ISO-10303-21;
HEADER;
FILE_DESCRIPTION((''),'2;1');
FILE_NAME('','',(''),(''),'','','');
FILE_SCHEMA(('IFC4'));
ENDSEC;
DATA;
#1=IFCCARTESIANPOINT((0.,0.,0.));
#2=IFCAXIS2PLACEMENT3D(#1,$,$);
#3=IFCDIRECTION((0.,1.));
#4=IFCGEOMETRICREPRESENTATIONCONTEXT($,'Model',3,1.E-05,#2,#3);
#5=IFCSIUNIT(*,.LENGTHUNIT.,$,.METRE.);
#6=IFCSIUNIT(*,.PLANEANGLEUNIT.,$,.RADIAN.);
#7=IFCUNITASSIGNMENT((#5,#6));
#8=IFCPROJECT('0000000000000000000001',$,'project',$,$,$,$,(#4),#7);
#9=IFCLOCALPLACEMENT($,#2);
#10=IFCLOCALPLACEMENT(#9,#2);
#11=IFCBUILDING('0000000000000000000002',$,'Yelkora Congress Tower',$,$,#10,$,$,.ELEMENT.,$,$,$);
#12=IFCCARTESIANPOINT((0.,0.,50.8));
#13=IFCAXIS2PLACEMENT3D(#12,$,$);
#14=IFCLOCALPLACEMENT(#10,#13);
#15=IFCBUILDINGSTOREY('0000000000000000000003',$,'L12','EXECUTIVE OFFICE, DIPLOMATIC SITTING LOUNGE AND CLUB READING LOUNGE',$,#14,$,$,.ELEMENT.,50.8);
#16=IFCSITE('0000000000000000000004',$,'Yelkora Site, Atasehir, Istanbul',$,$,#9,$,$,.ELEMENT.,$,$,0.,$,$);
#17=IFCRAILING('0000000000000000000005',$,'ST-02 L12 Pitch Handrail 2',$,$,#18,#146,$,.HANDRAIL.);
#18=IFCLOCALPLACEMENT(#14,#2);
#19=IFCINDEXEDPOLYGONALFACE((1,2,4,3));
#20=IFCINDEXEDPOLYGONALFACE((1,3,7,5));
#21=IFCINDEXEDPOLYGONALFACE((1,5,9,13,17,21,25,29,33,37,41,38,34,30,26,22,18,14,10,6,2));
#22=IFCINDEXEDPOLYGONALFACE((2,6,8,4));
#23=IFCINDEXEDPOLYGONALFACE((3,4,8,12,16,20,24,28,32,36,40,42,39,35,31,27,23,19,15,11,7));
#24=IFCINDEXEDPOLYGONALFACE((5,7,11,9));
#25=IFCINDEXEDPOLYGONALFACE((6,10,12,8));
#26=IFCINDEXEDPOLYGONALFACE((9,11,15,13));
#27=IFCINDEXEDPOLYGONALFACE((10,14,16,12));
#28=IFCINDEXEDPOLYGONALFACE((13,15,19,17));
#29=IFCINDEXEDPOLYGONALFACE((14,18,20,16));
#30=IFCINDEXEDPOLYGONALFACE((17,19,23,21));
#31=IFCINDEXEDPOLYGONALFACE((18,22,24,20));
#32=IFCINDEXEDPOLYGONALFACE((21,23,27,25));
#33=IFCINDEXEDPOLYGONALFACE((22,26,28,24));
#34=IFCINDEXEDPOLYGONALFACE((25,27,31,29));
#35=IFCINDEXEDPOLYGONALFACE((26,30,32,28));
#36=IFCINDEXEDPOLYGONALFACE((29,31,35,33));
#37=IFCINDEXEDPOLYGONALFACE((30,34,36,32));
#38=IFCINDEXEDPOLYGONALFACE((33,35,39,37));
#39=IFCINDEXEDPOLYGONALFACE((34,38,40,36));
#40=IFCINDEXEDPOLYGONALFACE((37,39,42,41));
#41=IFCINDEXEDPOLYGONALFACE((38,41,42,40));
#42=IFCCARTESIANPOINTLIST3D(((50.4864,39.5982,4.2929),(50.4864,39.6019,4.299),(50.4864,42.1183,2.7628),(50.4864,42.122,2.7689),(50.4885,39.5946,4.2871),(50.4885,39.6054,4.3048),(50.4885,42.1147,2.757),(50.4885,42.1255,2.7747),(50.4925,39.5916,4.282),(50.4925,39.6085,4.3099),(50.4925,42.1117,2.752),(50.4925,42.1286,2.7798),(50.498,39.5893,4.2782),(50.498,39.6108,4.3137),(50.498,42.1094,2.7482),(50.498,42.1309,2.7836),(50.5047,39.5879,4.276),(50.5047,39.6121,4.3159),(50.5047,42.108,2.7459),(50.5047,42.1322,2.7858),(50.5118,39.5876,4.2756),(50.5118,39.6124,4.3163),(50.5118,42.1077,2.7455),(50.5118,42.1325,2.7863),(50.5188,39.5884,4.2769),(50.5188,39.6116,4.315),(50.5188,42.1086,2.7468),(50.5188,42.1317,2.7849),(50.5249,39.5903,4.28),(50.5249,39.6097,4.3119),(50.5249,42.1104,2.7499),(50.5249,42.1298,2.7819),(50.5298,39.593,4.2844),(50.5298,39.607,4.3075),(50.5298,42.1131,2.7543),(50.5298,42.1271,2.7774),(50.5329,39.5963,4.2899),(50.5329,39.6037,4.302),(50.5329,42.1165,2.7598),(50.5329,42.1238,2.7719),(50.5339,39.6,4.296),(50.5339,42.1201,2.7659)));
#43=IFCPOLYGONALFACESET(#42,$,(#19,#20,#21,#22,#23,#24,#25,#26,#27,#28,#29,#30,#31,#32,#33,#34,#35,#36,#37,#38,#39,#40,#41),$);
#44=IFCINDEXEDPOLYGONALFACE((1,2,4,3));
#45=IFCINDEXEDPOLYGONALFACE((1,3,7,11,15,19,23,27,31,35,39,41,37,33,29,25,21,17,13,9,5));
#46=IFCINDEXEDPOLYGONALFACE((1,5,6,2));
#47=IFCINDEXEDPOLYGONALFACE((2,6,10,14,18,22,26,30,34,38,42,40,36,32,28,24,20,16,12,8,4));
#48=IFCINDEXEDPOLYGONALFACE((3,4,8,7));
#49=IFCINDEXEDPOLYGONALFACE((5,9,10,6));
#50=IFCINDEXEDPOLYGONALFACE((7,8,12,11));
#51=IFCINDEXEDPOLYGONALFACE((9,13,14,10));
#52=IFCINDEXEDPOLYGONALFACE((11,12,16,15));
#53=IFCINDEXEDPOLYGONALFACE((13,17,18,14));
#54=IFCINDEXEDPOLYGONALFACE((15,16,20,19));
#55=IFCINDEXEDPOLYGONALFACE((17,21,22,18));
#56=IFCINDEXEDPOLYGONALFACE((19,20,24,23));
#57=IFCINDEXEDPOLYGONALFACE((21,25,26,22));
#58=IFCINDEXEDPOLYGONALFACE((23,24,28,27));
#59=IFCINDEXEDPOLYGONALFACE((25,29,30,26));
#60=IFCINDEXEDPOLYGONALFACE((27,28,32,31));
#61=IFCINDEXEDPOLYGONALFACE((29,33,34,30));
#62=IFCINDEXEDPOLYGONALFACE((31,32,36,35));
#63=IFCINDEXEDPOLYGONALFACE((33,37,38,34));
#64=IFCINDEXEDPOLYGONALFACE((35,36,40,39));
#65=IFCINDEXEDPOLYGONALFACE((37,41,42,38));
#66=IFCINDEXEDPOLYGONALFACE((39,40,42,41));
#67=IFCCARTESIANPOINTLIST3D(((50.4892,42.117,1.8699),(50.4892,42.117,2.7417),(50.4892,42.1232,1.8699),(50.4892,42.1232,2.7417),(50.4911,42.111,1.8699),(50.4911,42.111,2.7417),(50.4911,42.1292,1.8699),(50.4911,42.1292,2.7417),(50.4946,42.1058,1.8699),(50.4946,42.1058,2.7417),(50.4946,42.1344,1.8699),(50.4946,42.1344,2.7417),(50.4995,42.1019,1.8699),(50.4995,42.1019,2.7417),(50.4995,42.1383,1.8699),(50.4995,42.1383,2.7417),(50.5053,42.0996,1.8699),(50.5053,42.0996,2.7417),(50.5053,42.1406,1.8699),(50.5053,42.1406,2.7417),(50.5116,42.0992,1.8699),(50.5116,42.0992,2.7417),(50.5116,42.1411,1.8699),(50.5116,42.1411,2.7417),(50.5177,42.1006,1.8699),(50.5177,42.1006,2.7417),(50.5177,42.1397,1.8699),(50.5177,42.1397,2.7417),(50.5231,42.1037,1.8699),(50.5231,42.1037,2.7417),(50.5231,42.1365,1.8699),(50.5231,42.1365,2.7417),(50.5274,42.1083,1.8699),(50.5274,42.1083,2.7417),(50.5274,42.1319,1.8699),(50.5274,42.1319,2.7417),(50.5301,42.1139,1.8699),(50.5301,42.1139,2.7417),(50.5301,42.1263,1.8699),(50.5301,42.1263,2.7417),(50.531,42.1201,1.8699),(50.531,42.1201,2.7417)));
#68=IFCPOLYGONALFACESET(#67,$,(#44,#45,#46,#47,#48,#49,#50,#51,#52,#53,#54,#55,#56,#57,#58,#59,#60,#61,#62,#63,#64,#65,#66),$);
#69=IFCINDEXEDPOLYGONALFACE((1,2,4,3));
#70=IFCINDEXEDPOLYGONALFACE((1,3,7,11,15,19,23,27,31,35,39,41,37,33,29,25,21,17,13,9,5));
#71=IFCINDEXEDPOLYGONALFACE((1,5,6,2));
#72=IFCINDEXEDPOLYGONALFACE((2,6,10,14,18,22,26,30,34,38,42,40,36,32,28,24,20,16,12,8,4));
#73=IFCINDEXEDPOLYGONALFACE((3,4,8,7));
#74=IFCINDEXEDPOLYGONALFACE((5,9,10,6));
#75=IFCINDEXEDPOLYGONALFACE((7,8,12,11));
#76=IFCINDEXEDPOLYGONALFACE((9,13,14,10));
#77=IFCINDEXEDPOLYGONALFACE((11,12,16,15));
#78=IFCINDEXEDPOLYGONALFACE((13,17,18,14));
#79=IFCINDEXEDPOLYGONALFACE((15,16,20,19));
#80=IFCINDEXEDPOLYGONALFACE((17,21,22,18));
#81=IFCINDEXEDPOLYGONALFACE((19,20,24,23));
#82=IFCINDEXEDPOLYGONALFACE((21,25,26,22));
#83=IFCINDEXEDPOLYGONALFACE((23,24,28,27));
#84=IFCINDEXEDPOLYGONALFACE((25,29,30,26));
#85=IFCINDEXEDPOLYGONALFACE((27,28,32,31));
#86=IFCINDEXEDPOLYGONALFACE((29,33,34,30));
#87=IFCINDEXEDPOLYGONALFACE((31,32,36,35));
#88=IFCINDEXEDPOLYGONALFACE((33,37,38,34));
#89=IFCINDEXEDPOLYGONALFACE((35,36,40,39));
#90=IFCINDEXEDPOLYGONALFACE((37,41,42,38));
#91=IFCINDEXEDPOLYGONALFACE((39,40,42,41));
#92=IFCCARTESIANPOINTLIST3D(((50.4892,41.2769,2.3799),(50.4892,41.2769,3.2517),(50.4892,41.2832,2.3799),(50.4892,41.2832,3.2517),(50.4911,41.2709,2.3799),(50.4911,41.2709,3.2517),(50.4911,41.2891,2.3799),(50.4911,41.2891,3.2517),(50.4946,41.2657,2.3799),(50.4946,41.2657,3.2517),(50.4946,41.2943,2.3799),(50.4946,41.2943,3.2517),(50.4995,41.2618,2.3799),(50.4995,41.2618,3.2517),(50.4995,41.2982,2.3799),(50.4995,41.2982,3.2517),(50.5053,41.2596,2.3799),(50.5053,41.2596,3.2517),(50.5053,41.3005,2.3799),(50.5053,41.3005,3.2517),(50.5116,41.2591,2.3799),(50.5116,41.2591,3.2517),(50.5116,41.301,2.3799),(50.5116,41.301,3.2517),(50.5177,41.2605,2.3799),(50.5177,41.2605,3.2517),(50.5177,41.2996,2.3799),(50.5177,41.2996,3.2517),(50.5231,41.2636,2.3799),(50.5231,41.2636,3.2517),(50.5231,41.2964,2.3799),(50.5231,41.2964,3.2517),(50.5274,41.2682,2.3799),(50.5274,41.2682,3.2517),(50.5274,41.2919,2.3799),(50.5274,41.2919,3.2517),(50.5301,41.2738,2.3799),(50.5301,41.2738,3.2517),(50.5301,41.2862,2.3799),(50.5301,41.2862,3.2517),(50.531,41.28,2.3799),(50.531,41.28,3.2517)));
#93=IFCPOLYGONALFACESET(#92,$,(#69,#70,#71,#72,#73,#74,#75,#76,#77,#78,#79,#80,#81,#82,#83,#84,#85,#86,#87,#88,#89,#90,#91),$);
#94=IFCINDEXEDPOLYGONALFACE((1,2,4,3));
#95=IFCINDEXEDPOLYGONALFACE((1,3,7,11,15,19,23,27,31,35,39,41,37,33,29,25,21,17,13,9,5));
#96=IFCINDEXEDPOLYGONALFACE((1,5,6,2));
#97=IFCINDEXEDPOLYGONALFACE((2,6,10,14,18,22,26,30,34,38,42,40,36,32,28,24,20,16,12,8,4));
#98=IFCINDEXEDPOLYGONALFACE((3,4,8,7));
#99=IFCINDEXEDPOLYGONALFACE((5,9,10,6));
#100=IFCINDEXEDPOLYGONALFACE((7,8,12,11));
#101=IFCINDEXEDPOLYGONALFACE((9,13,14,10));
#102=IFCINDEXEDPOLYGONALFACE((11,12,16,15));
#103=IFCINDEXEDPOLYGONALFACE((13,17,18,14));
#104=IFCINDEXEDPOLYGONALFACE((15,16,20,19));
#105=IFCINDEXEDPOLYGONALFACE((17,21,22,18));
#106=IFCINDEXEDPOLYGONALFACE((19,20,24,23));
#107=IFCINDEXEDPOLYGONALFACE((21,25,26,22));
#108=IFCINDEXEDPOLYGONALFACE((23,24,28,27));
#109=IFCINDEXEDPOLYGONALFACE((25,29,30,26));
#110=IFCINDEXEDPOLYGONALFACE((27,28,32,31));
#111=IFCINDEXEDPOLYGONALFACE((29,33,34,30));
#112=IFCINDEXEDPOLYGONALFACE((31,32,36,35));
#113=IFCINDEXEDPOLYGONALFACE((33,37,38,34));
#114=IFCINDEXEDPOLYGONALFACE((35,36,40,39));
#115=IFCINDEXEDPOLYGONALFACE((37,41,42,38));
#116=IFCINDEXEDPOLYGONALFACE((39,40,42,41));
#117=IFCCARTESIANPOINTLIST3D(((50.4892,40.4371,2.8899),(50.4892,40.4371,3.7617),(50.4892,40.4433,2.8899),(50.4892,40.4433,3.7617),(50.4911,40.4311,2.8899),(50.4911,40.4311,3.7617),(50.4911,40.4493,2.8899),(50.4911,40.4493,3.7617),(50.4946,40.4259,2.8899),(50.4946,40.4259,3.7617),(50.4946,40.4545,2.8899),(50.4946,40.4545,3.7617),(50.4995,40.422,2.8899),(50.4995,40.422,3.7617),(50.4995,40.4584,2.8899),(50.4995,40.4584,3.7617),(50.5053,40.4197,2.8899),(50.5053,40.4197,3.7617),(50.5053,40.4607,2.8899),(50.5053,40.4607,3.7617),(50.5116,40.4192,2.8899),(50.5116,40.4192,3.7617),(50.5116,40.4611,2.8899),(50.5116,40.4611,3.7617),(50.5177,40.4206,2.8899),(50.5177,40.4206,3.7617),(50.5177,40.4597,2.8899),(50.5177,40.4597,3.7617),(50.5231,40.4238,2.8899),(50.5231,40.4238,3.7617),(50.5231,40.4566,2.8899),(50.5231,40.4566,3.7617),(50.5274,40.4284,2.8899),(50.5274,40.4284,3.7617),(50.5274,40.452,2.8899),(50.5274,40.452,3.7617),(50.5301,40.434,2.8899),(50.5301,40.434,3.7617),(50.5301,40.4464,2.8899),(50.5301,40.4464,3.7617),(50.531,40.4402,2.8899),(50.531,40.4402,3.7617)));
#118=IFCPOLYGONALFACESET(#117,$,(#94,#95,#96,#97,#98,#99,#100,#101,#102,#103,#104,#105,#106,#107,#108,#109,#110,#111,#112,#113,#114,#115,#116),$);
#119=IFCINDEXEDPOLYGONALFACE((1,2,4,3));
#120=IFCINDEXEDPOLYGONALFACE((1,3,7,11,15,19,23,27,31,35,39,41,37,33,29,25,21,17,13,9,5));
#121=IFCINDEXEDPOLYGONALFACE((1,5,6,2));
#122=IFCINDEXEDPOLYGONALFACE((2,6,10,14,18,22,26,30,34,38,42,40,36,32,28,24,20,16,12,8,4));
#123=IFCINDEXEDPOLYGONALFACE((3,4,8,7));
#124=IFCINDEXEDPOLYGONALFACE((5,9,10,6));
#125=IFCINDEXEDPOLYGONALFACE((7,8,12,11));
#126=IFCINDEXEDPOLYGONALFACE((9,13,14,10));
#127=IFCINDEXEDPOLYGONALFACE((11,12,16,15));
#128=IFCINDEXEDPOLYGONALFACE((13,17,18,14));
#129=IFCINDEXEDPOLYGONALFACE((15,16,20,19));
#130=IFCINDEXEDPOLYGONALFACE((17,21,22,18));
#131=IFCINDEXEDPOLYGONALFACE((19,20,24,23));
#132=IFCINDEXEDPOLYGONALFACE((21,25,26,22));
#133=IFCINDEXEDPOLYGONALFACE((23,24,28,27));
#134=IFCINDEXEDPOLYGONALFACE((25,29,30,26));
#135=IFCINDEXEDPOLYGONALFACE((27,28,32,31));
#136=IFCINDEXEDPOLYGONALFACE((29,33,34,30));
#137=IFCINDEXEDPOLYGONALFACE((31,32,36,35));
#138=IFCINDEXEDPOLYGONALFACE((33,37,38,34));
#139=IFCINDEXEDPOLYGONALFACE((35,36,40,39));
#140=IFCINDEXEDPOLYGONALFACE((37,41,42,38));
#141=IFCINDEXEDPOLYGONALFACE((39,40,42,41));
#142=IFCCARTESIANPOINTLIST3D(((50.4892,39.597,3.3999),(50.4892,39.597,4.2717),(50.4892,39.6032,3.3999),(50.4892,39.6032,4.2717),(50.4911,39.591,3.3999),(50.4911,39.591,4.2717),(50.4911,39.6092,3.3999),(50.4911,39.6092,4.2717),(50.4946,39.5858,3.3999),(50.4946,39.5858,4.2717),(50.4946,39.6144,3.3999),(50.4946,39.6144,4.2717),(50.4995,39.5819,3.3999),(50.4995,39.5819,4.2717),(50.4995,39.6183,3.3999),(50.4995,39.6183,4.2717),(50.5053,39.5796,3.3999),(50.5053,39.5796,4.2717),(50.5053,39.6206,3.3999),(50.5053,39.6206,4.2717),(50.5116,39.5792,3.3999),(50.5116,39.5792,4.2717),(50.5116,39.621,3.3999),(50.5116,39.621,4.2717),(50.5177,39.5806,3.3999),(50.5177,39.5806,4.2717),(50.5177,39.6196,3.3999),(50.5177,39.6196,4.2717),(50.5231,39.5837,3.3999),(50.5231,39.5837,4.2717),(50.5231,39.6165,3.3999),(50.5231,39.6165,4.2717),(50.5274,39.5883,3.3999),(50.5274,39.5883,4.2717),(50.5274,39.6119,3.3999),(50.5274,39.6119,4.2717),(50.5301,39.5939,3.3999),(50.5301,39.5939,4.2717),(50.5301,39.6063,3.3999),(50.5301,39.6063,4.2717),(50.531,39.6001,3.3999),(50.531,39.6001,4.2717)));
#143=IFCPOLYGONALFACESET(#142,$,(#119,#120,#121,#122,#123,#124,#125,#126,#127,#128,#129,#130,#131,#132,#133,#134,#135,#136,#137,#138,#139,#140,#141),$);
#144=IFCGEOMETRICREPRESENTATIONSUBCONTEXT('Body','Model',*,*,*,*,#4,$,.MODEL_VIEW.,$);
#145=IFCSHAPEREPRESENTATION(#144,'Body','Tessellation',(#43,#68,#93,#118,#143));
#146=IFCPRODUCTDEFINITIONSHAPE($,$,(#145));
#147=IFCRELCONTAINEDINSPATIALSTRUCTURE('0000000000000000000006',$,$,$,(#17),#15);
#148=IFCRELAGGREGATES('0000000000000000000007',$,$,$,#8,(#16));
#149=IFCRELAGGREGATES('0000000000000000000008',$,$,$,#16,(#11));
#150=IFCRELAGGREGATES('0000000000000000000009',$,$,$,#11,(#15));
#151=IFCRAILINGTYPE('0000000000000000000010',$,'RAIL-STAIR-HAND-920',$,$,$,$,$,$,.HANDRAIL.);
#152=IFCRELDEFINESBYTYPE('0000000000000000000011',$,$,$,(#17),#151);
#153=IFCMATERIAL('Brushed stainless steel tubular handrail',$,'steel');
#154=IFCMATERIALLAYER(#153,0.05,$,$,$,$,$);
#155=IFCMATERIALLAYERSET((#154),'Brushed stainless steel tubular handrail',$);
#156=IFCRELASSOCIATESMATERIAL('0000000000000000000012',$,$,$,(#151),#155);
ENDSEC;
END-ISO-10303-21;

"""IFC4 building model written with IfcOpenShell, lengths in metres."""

from ifc_helpers import new_model, si_unit, direction, frame, origin, origin_2d, place, context, subcontext, project, spatial, circle, extrude, material, layer, layer_set, type_object, element, save


model = new_model("IFC4")

# Units and contexts
model_context = context("Model", 3, precision=1e-05, world=origin(), true_north=direction((0.0, 1.0)))
body_context = subcontext(model_context, "Body", "Model", "MODEL_VIEW")
ifc_project = project(units=[si_unit("LENGTHUNIT", "METRE"), si_unit("PLANEANGLEUNIT", "RADIAN")], contexts=[model_context])

# Site, building, storey
site_placement = place(None, origin())
site = spatial("IfcSite", under=ifc_project, at=site_placement, Name="Yelkora Site, Atasehir, Istanbul", CompositionType="ELEMENT", RefElevation=0.0)
building_placement = place(site_placement, origin())
building = spatial("IfcBuilding", under=site, at=building_placement, Name="Yelkora Congress Tower", CompositionType="ELEMENT")
storey_placement = place(building_placement, frame((0.0, 0.0, 50.8)))
storey = spatial("IfcBuildingStorey", under=building, at=storey_placement, Name="L12", Description="EXECUTIVE OFFICE, DIPLOMATIC SITTING LOUNGE AND CLUB READING LOUNGE", CompositionType="ELEMENT", Elevation=50.8)

# Railing
ifc_material_1 = material(Name="Brushed stainless steel tubular handrail", Category="steel")
ifc_layer_1 = layer(ifc_material_1, 0.05)
ifc_layer_set_1 = layer_set([ifc_layer_1], Name="Brushed stainless steel tubular handrail")
railing_type_1 = type_object("IfcRailingType", Name="RAIL-STAIR-HAND-920", PredefinedType="HANDRAIL", material=ifc_layer_set_1)
railing_1_placement = place(storey_placement, frame((50.51, 42.1201, 1.8699)))
element("IfcRailing", 1, at=railing_1_placement, inside=storey, type_object=railing_type_1, Name="ST-02 L12 Pitch Handrail 2", PredefinedType="HANDRAIL", context=body_context, shape_type="SweptSolid", body=[
    extrude(circle(Radius=0.0239, at=origin_2d()), frame((0.0, 0.0, 0.896), z_axis=(0.0, -0.854785, 0.518982), x_axis=(1.0, 0.0, 0.0)), (0.0, 0.0, 1.0), 2.9482),
    extrude(circle(Radius=0.021, at=origin_2d()), origin(), (0.0, 0.0, 1.0), 0.8718),
    extrude(circle(Radius=0.021, at=origin_2d()), frame((0.0, -0.8401, 0.51)), (0.0, 0.0, 1.0), 0.8718),
    extrude(circle(Radius=0.021, at=origin_2d()), frame((0.0, -1.6799, 1.02)), (0.0, 0.0, 1.0), 0.8718),
    extrude(circle(Radius=0.021, at=origin_2d()), frame((0.0, -2.52, 1.53)), (0.0, 0.0, 1.0), 0.8718),
])

save(model, "model.ifc")
